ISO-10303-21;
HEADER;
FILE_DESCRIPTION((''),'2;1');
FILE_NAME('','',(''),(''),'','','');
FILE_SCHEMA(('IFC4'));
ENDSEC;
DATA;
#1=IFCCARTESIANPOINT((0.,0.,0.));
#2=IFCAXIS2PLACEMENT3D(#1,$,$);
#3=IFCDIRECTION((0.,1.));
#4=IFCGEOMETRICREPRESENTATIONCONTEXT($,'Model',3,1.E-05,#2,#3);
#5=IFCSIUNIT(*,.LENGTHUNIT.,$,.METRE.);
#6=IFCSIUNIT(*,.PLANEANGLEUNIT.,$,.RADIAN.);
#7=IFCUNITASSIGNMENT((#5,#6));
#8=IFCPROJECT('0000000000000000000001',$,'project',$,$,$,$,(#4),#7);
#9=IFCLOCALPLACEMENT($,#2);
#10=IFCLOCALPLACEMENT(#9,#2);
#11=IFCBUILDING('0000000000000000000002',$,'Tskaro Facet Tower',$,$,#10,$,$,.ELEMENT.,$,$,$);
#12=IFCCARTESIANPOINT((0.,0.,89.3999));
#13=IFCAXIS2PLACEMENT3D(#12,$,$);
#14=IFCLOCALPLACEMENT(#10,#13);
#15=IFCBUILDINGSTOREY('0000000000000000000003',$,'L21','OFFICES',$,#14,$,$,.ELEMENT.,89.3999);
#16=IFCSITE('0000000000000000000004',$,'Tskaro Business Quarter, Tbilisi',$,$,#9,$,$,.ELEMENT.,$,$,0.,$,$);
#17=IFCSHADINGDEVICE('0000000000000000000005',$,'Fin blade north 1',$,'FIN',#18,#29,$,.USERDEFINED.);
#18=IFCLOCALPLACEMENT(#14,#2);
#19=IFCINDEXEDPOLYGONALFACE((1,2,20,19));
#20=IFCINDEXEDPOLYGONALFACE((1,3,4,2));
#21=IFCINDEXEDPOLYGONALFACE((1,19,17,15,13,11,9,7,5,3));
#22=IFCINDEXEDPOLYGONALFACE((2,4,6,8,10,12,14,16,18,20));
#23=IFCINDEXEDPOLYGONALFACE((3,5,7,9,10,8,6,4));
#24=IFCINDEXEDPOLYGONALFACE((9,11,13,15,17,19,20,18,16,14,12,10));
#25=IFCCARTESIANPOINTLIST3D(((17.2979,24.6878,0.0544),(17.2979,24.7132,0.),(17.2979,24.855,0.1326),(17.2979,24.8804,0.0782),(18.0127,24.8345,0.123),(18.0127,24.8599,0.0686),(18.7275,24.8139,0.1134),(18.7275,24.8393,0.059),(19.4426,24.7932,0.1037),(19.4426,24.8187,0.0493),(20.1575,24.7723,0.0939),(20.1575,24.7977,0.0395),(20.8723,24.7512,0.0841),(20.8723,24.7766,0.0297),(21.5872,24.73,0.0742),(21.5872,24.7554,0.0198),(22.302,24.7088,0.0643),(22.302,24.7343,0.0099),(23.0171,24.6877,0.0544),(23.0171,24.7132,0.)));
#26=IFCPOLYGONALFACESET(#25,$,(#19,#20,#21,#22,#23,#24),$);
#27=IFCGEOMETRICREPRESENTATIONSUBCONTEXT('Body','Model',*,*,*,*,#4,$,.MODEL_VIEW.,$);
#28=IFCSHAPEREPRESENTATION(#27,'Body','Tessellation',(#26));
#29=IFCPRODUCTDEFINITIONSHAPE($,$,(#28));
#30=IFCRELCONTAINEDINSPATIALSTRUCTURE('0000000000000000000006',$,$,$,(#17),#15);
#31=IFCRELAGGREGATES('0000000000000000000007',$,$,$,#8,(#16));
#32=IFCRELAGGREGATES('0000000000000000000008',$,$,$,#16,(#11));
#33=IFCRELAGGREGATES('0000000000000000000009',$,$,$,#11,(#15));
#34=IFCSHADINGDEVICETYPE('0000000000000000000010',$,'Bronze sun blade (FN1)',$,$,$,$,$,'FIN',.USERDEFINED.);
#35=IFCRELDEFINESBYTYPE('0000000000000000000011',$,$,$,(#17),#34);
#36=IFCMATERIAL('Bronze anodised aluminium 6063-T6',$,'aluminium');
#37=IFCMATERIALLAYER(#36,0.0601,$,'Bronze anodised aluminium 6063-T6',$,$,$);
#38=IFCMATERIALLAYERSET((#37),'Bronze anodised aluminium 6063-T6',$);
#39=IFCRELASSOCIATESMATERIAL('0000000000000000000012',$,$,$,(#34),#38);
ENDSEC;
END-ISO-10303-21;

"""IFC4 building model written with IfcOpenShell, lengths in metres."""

from ifc_helpers import new_model, si_unit, direction, frame, origin, place, context, subcontext, project, spatial, polyline, outline, extrude, material, layer, layer_set, type_object, element, save


model = new_model("IFC4")

# Units and contexts
model_context = context("Model", 3, precision=1e-05, world=origin(), true_north=direction((0.0, 1.0)))
body_context = subcontext(model_context, "Body", "Model", "MODEL_VIEW")
ifc_project = project(units=[si_unit("LENGTHUNIT", "METRE"), si_unit("PLANEANGLEUNIT", "RADIAN")], contexts=[model_context])

# Site, building, storey
site_placement = place(None, origin())
site = spatial("IfcSite", under=ifc_project, at=site_placement, Name="Tskaro Business Quarter, Tbilisi", CompositionType="ELEMENT", RefElevation=0.0)
building_placement = place(site_placement, origin())
building = spatial("IfcBuilding", under=site, at=building_placement, Name="Tskaro Facet Tower", CompositionType="ELEMENT")
storey_placement = place(building_placement, frame((0.0, 0.0, 89.3999)))
storey = spatial("IfcBuildingStorey", under=building, at=storey_placement, Name="L21", Description="OFFICES", CompositionType="ELEMENT", Elevation=89.3999)

# Shared definitions
ifc_material_1 = material(Name="Bronze anodised aluminium 6063-T6", Category="aluminium")

# Shading device
ifc_layer_1 = layer(ifc_material_1, 0.0601, Name="Bronze anodised aluminium 6063-T6")
ifc_layer_set_1 = layer_set([ifc_layer_1], Name="Bronze anodised aluminium 6063-T6")
shading_device_type = type_object("IfcShadingDeviceType", Name="Bronze sun blade (FN1)", ElementType="FIN", PredefinedType="USERDEFINED", material=ifc_layer_set_1)
shading_device_1_placement = place(storey_placement, frame((23.0171, 24.6877, 0.0544), z_axis=(-0.000008, -0.42347, 0.90591), x_axis=(-1.0, 0.000003, -0.000007)))
element("IfcShadingDevice", 1, at=shading_device_1_placement, inside=storey, type_object=shading_device_type, Name="Fin blade north 1", ObjectType="FIN", PredefinedType="USERDEFINED", context=body_context, shape_type="SweptSolid", body=[
    extrude(outline(polyline([(0.0, 0.0), (5.7192, 0.0), (5.7192, -0.1846), (5.0044, -0.162), (4.2896, -0.1393), (3.5745, -0.1164), (2.8596, -0.0933), (2.1448, -0.07), (1.4299, -0.0466), (0.7151, -0.0233), (0.0, 0.0)])), origin(), (0.0, 0.0, -1.0), 0.0601),
])

save(model, "model.ifc")
